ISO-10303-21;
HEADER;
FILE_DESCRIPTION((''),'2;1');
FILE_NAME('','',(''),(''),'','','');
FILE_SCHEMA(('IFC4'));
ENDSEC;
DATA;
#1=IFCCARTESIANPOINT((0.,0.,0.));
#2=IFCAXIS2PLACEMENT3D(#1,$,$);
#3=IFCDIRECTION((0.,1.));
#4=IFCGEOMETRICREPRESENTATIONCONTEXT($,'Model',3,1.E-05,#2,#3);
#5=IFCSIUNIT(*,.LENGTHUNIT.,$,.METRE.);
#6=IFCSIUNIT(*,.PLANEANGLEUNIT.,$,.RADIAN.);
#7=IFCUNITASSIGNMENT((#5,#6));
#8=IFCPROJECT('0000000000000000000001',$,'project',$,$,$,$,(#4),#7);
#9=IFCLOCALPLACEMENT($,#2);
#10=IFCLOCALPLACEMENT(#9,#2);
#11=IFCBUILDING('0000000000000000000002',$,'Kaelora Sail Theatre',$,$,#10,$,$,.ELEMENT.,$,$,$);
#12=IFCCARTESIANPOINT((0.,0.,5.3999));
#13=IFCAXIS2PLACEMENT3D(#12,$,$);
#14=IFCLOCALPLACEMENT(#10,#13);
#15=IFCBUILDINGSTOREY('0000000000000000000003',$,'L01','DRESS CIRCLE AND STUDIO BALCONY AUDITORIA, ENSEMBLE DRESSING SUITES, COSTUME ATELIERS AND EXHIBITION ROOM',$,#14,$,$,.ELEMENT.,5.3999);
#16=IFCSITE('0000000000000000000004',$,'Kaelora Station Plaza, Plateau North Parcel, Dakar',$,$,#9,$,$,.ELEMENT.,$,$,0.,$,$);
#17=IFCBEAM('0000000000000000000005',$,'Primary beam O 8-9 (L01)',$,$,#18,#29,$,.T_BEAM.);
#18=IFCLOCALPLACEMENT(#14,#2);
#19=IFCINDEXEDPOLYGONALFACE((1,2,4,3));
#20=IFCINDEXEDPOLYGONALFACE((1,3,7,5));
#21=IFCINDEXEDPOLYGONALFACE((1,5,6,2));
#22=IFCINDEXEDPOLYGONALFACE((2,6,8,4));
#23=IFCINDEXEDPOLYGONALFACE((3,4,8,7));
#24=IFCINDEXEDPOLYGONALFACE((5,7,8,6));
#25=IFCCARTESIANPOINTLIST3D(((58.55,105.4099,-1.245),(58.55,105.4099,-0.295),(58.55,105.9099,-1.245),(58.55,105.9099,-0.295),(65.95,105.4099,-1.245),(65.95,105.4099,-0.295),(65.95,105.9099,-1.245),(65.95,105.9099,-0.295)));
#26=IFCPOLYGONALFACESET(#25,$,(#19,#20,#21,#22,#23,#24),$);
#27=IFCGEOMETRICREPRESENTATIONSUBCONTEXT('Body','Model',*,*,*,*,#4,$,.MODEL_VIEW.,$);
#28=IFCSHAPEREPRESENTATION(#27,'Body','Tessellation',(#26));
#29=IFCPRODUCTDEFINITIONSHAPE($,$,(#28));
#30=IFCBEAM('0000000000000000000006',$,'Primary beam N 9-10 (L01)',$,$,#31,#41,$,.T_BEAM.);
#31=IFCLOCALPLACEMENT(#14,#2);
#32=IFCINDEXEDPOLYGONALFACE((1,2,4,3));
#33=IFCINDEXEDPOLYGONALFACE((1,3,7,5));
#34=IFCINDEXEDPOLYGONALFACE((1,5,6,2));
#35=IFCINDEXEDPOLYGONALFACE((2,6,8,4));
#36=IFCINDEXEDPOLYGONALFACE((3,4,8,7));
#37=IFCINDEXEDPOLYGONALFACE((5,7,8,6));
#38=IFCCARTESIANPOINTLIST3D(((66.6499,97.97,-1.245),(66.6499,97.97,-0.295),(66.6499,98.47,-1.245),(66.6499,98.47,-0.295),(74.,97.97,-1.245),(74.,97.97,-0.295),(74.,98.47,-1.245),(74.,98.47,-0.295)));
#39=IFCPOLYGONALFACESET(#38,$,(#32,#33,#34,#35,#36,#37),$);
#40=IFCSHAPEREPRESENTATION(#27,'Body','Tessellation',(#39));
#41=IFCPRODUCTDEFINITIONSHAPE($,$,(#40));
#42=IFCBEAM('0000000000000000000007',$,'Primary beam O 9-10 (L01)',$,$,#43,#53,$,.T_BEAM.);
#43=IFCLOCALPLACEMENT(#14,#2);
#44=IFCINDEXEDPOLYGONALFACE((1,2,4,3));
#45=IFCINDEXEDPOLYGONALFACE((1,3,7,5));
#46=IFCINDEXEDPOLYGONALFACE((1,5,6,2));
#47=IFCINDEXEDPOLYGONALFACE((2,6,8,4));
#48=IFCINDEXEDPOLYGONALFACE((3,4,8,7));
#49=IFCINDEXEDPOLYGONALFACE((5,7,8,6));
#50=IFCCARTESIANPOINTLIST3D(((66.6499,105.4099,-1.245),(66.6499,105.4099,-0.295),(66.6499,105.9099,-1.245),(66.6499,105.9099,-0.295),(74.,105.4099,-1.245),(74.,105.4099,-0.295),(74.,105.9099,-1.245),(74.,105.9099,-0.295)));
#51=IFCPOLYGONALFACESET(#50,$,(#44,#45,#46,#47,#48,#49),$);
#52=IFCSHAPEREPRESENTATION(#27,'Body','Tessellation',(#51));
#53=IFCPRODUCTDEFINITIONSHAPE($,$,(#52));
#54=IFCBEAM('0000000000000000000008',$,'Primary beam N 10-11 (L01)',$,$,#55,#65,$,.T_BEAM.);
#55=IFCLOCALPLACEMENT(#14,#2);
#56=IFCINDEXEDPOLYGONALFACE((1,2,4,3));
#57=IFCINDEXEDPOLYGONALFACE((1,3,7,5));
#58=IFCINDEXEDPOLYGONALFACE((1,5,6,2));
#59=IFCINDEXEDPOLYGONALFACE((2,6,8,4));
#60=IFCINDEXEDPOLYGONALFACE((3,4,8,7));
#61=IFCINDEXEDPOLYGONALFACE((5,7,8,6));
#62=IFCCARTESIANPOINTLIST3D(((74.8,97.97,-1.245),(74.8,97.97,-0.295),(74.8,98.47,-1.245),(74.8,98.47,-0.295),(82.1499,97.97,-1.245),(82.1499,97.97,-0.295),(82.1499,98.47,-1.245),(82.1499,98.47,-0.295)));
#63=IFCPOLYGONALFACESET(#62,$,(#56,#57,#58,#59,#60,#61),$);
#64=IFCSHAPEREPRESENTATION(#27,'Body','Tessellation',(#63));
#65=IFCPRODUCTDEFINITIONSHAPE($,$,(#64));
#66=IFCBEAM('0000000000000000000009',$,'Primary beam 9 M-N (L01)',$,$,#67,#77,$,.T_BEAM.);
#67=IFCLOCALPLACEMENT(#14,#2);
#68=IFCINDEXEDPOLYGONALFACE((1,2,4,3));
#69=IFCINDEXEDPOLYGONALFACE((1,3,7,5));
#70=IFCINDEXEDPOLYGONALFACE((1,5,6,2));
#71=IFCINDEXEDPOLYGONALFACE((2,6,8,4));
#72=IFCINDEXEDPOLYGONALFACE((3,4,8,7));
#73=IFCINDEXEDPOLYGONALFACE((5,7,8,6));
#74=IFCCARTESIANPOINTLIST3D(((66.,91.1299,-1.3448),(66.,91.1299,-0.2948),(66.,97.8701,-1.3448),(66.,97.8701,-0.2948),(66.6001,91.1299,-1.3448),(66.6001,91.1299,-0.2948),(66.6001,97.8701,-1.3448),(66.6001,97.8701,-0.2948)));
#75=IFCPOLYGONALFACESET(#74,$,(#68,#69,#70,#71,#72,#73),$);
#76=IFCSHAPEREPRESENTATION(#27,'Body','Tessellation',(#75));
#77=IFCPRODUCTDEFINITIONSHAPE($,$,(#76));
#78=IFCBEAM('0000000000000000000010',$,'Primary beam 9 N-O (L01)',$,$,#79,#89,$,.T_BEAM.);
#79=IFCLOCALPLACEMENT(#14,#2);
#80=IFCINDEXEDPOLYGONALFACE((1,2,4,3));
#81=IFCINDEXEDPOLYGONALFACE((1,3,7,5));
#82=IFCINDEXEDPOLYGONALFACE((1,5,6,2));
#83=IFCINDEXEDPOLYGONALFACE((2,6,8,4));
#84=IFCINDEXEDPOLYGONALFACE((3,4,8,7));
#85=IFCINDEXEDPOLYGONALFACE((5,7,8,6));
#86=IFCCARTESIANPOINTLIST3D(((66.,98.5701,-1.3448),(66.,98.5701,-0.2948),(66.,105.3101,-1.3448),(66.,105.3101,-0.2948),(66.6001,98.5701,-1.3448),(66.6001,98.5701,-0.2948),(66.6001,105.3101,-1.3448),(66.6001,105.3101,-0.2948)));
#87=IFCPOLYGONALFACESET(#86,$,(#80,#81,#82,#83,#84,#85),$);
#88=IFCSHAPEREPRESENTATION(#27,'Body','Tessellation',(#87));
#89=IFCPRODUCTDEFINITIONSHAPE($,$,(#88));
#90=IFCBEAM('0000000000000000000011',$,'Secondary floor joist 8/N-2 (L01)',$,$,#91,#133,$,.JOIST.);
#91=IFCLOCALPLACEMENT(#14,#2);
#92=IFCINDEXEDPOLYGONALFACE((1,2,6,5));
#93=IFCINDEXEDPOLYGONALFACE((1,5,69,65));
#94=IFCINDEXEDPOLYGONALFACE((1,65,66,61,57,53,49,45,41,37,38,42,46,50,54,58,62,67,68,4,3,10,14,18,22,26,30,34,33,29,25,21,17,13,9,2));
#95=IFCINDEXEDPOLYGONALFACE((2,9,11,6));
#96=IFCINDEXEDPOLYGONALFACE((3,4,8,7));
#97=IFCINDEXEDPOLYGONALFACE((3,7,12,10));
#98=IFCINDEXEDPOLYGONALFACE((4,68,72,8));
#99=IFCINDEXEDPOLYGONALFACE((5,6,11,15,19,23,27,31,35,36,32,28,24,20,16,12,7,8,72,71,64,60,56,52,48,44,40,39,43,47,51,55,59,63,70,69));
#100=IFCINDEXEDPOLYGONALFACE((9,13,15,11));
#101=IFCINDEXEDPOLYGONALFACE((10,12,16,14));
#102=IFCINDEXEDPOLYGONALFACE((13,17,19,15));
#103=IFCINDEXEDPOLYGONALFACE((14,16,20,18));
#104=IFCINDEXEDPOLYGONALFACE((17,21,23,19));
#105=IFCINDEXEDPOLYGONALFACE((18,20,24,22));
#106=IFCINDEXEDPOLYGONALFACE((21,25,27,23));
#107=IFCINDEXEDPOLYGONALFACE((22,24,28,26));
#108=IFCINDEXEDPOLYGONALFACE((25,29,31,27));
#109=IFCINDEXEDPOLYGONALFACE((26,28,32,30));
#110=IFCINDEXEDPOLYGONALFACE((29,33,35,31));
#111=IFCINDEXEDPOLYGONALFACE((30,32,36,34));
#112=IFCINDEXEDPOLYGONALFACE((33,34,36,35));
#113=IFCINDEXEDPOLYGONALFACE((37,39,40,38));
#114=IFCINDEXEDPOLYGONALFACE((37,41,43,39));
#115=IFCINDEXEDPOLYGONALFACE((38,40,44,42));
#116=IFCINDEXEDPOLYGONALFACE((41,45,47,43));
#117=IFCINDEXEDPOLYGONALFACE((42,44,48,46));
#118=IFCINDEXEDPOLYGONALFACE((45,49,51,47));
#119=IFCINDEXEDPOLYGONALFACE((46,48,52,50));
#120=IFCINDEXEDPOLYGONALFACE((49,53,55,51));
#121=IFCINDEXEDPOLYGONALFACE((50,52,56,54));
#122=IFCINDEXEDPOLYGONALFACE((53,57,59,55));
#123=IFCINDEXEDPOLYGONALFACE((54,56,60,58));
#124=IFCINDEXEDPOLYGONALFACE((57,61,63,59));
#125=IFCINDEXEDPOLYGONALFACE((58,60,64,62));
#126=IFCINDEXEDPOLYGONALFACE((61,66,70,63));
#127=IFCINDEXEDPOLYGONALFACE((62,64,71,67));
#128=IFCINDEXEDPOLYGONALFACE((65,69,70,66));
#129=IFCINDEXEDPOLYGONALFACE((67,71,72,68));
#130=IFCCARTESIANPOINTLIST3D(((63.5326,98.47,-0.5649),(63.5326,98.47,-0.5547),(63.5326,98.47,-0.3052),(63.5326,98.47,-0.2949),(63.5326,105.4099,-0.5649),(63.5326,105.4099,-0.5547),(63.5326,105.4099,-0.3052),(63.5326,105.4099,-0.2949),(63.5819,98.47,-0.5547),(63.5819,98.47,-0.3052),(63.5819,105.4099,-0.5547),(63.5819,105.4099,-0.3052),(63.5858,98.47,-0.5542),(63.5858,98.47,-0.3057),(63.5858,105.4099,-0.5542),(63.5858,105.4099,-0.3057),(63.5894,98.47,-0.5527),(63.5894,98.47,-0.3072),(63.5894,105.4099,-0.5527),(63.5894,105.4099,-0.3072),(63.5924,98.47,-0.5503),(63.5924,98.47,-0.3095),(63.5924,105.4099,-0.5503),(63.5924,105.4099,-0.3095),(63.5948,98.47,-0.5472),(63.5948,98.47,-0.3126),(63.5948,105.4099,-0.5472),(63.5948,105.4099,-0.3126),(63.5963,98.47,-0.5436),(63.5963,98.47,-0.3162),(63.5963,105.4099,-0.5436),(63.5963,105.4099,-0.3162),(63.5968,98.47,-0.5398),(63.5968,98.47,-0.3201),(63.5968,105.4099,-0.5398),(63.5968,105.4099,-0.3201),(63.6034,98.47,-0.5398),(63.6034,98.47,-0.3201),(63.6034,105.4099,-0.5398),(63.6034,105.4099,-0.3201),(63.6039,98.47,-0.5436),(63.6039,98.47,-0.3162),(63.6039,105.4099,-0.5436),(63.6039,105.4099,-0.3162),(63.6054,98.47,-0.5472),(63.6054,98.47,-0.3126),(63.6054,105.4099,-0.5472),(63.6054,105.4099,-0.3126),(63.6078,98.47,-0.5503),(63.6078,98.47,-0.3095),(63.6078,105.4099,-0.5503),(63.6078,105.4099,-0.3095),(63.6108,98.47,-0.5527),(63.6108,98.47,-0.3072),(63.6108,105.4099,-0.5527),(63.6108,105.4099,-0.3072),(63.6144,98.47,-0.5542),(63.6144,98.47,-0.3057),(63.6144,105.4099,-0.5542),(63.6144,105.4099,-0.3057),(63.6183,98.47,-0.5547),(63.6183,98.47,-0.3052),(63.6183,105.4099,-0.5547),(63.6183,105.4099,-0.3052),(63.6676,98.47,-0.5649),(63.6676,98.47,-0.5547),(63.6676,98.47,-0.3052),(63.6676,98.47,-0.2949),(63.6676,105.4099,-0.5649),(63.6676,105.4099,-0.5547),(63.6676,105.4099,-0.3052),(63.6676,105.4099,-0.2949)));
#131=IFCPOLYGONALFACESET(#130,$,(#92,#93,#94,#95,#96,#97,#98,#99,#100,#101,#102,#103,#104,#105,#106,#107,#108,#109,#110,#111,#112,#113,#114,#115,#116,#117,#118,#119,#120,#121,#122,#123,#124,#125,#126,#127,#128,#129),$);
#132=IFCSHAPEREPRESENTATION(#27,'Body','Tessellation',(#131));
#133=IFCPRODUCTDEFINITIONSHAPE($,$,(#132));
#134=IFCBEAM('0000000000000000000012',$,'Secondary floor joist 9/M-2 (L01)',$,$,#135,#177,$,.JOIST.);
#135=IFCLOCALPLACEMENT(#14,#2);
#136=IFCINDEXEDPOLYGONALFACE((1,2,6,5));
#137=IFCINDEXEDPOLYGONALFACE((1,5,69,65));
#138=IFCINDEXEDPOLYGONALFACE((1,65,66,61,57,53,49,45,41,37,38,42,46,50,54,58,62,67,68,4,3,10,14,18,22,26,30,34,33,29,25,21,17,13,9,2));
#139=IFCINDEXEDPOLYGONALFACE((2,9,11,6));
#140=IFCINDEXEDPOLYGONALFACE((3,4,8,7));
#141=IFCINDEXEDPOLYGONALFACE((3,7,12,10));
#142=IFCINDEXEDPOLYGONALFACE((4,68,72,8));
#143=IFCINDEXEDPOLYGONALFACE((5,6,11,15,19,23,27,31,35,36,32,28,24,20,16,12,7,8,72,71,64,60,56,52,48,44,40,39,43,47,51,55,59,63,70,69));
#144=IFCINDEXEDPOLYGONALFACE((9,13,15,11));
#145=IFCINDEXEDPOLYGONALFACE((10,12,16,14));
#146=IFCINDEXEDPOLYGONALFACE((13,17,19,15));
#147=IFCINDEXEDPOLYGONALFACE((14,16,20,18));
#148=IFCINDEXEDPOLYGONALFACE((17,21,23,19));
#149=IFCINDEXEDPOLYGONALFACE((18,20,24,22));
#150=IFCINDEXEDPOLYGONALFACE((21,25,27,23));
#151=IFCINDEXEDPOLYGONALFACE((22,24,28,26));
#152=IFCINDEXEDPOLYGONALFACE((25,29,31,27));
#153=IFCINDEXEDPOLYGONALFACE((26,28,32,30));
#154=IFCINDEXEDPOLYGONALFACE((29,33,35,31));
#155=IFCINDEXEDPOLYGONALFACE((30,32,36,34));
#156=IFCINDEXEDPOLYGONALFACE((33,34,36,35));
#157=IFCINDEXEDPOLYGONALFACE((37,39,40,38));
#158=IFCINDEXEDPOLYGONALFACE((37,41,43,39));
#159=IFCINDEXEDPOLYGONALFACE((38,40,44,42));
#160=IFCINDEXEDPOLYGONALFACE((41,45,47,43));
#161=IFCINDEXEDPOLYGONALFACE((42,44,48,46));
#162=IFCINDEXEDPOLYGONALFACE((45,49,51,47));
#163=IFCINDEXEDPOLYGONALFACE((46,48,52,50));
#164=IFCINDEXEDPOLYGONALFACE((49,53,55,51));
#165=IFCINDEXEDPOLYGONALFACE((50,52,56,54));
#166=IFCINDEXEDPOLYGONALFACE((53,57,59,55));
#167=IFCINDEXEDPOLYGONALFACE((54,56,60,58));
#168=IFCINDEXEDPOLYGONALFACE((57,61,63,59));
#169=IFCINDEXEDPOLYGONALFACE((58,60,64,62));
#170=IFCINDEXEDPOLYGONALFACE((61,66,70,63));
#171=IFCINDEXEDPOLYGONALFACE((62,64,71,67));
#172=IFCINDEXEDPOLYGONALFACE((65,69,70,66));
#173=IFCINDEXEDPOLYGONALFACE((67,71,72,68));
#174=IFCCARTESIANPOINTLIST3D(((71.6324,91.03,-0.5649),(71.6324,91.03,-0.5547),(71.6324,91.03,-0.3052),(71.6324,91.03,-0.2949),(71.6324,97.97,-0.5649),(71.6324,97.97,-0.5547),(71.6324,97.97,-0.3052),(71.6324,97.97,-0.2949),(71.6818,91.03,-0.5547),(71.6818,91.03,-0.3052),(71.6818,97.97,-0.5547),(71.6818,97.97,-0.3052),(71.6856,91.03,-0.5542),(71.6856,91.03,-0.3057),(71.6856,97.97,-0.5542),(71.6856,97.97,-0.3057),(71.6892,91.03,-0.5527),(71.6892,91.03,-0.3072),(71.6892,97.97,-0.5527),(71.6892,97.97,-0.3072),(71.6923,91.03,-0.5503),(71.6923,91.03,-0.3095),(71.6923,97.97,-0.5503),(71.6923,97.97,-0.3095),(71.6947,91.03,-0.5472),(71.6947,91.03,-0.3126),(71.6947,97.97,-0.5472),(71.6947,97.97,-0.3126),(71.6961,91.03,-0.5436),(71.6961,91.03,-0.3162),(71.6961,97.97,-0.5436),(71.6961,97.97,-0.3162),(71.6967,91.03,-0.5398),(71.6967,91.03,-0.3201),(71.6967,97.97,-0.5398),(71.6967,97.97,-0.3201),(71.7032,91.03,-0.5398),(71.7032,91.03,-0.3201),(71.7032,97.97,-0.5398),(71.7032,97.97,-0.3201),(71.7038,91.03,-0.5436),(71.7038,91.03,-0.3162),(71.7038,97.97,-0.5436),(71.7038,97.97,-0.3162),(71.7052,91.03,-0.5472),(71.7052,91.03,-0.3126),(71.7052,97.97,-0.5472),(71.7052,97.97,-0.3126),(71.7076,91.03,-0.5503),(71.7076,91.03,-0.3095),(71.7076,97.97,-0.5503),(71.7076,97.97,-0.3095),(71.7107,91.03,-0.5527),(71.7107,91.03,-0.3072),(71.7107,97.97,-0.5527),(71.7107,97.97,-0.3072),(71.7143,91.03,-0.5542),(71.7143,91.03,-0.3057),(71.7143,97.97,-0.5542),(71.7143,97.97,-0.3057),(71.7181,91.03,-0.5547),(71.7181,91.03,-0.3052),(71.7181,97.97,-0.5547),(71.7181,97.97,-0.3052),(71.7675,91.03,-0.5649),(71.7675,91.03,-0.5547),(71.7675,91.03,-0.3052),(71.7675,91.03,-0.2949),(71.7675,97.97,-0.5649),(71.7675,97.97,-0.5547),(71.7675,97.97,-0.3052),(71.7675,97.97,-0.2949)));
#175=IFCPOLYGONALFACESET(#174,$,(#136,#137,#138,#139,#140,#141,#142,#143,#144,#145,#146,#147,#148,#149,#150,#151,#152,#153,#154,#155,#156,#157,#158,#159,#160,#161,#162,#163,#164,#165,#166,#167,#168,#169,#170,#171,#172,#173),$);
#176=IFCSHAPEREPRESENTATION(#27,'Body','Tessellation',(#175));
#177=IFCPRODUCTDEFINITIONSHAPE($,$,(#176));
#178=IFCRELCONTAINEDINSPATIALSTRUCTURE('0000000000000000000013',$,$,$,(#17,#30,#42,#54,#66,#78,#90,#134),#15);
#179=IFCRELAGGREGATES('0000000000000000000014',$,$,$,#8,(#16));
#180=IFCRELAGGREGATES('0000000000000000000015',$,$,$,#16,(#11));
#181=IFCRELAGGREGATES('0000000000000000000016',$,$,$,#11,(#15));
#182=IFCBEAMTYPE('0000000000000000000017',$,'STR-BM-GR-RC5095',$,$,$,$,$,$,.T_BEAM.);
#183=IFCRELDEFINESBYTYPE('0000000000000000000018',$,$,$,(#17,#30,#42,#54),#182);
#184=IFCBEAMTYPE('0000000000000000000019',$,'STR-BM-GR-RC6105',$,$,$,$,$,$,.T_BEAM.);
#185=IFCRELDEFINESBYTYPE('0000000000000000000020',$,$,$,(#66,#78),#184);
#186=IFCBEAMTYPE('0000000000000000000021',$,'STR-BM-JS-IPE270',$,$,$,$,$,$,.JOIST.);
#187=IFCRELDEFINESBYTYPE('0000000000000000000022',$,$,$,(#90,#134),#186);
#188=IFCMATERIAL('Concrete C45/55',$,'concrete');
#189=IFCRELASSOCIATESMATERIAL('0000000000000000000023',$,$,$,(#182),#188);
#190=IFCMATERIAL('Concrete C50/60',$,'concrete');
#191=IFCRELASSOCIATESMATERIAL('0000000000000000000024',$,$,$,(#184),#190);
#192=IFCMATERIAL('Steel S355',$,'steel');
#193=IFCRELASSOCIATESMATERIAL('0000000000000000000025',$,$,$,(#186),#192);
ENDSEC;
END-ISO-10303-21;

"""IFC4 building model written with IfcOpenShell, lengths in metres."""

from ifc_helpers import new_model, si_unit, direction, frame, origin, origin_2d, place, context, subcontext, project, spatial, rectangle, i_section, extrude, material, material_profile, profile_set, type_object, element, save


model = new_model("IFC4")

# Units and contexts
model_context = context("Model", 3, precision=1e-05, world=origin(), true_north=direction((0.0, 1.0)))
body_context = subcontext(model_context, "Body", "Model", "MODEL_VIEW")
ifc_project = project(units=[si_unit("LENGTHUNIT", "METRE"), si_unit("PLANEANGLEUNIT", "RADIAN")], contexts=[model_context])

# Site, building, storey
site_placement = place(None, origin())
site = spatial("IfcSite", under=ifc_project, at=site_placement, Name="Kaelora Station Plaza, Plateau North Parcel, Dakar", CompositionType="ELEMENT", RefElevation=0.0)
building_placement = place(site_placement, origin())
building = spatial("IfcBuilding", under=site, at=building_placement, Name="Kaelora Sail Theatre", CompositionType="ELEMENT")
storey_placement = place(building_placement, frame((0.0, 0.0, 5.3999)))
storey = spatial("IfcBuildingStorey", under=building, at=storey_placement, Name="L01", Description="DRESS CIRCLE AND STUDIO BALCONY AUDITORIA, ENSEMBLE DRESSING SUITES, COSTUME ATELIERS AND EXHIBITION ROOM", CompositionType="ELEMENT", Elevation=5.3999)

# Beams
ifc_material_1 = material(Name="Concrete C45/55", Category="concrete")
ifc_material_profile_1 = material_profile(ifc_material_1, rectangle(XDim=0.5, YDim=0.95, at=origin_2d()), Name="RC-GRD 500x950")
ifc_profile_set_1 = profile_set([ifc_material_profile_1], Name="Concrete C45/55")
beam_type_1 = type_object("IfcBeamType", Name="STR-BM-GR-RC5095", PredefinedType="T_BEAM", material=ifc_profile_set_1)
for number, where, z_axis, x_axis, name in (
    (1, (58.55, 105.6599, -0.77), (1.0, 0.0, 0.0), (0.0, 1.0, 0.0), "Primary beam O 8-9 (L01)"),
):
    element("IfcBeam", number, at=place(storey_placement, frame(where, z_axis=z_axis, x_axis=x_axis)), inside=storey, type_object=beam_type_1, Name=name, PredefinedType="T_BEAM", context=body_context, shape_type="SweptSolid", body=[
        extrude(rectangle(XDim=0.5, YDim=0.95, at=origin_2d()), origin(), (0.0, 0.0, 1.0), 7.3999),
    ])
for number, where, z_axis, x_axis, name in (
    (2, (66.6499, 98.22, -0.77), (1.0, 0.0, 0.0), (0.0, 1.0, 0.0), "Primary beam N 9-10 (L01)"),
    (3, (66.6499, 105.6599, -0.77), (1.0, 0.0, 0.0), (0.0, 1.0, 0.0), "Primary beam O 9-10 (L01)"),
):
    element("IfcBeam", number, at=place(storey_placement, frame(where, z_axis=z_axis, x_axis=x_axis)), inside=storey, type_object=beam_type_1, Name=name, PredefinedType="T_BEAM", context=body_context, shape_type="SweptSolid", body=[
        extrude(rectangle(XDim=0.5, YDim=0.95, at=origin_2d()), origin(), (0.0, 0.0, 1.0), 7.3501),
    ])
beam_1_placement = place(storey_placement, frame((74.8, 98.22, -0.77), z_axis=(1.0, 0.0, 0.0), x_axis=(0.0, 1.0, 0.0)))
element("IfcBeam", 4, at=beam_1_placement, inside=storey, type_object=beam_type_1, Name="Primary beam N 10-11 (L01)", PredefinedType="T_BEAM", context=body_context, shape_type="SweptSolid", body=[
    extrude(rectangle(XDim=0.5, YDim=0.95, at=origin_2d()), origin(), (0.0, 0.0, 1.0), 7.3499),
])
ifc_material_2 = material(Name="Concrete C50/60", Category="concrete")
ifc_material_profile_2 = material_profile(ifc_material_2, rectangle(XDim=0.6001, YDim=1.05, at=origin_2d()), Name="RC-GRD 600x1050")
ifc_profile_set_2 = profile_set([ifc_material_profile_2], Name="Concrete C50/60")
beam_type_2 = type_object("IfcBeamType", Name="STR-BM-GR-RC6105", PredefinedType="T_BEAM", material=ifc_profile_set_2)
beam_2_placement = place(storey_placement, frame((66.3, 91.1299, -0.8198), z_axis=(0.0, 1.0, 0.0), x_axis=(-1.0, 0.0, 0.0)))
element("IfcBeam", 5, at=beam_2_placement, inside=storey, type_object=beam_type_2, Name="Primary beam 9 M-N (L01)", PredefinedType="T_BEAM", context=body_context, shape_type="SweptSolid", body=[
    extrude(rectangle(XDim=0.6001, YDim=1.05, at=origin_2d()), origin(), (0.0, 0.0, 1.0), 6.7402),
])
beam_3_placement = place(storey_placement, frame((66.3, 98.5701, -0.8198), z_axis=(0.0, 1.0, 0.0), x_axis=(-1.0, 0.0, 0.0)))
element("IfcBeam", 6, at=beam_3_placement, inside=storey, type_object=beam_type_2, Name="Primary beam 9 N-O (L01)", PredefinedType="T_BEAM", context=body_context, shape_type="SweptSolid", body=[
    extrude(rectangle(XDim=0.6001, YDim=1.05, at=origin_2d()), origin(), (0.0, 0.0, 1.0), 6.74),
])
ifc_material_3 = material(Name="Steel S355", Category="steel")
ifc_material_profile_3 = material_profile(ifc_material_3, i_section(OverallWidth=0.135, OverallDepth=0.27, WebThickness=0.0066, FlangeThickness=0.0103, FilletRadius=0.0149, at=origin_2d()), Name="IPE 270")
ifc_profile_set_3 = profile_set([ifc_material_profile_3], Name="Steel S355")
beam_type_3 = type_object("IfcBeamType", Name="STR-BM-JS-IPE270", PredefinedType="JOIST", material=ifc_profile_set_3)
for number, where, z_axis, x_axis, name in (
    (7, (63.6001, 98.47, -0.4299), (0.0, 1.0, 0.0), (-1.0, 0.0, 0.0), "Secondary floor joist 8/N-2 (L01)"),
    (8, (71.7, 91.03, -0.4299), (0.0, 1.0, 0.0), (-1.0, 0.0, 0.0), "Secondary floor joist 9/M-2 (L01)"),
):
    element("IfcBeam", number, at=place(storey_placement, frame(where, z_axis=z_axis, x_axis=x_axis)), inside=storey, type_object=beam_type_3, Name=name, PredefinedType="JOIST", context=body_context, shape_type="SweptSolid", body=[
        extrude(i_section(OverallWidth=0.135, OverallDepth=0.27, WebThickness=0.0066, FlangeThickness=0.0103, FilletRadius=0.0149, at=origin_2d()), origin(), (0.0, 0.0, 1.0), 6.9399),
    ])

save(model, "model.ifc")
